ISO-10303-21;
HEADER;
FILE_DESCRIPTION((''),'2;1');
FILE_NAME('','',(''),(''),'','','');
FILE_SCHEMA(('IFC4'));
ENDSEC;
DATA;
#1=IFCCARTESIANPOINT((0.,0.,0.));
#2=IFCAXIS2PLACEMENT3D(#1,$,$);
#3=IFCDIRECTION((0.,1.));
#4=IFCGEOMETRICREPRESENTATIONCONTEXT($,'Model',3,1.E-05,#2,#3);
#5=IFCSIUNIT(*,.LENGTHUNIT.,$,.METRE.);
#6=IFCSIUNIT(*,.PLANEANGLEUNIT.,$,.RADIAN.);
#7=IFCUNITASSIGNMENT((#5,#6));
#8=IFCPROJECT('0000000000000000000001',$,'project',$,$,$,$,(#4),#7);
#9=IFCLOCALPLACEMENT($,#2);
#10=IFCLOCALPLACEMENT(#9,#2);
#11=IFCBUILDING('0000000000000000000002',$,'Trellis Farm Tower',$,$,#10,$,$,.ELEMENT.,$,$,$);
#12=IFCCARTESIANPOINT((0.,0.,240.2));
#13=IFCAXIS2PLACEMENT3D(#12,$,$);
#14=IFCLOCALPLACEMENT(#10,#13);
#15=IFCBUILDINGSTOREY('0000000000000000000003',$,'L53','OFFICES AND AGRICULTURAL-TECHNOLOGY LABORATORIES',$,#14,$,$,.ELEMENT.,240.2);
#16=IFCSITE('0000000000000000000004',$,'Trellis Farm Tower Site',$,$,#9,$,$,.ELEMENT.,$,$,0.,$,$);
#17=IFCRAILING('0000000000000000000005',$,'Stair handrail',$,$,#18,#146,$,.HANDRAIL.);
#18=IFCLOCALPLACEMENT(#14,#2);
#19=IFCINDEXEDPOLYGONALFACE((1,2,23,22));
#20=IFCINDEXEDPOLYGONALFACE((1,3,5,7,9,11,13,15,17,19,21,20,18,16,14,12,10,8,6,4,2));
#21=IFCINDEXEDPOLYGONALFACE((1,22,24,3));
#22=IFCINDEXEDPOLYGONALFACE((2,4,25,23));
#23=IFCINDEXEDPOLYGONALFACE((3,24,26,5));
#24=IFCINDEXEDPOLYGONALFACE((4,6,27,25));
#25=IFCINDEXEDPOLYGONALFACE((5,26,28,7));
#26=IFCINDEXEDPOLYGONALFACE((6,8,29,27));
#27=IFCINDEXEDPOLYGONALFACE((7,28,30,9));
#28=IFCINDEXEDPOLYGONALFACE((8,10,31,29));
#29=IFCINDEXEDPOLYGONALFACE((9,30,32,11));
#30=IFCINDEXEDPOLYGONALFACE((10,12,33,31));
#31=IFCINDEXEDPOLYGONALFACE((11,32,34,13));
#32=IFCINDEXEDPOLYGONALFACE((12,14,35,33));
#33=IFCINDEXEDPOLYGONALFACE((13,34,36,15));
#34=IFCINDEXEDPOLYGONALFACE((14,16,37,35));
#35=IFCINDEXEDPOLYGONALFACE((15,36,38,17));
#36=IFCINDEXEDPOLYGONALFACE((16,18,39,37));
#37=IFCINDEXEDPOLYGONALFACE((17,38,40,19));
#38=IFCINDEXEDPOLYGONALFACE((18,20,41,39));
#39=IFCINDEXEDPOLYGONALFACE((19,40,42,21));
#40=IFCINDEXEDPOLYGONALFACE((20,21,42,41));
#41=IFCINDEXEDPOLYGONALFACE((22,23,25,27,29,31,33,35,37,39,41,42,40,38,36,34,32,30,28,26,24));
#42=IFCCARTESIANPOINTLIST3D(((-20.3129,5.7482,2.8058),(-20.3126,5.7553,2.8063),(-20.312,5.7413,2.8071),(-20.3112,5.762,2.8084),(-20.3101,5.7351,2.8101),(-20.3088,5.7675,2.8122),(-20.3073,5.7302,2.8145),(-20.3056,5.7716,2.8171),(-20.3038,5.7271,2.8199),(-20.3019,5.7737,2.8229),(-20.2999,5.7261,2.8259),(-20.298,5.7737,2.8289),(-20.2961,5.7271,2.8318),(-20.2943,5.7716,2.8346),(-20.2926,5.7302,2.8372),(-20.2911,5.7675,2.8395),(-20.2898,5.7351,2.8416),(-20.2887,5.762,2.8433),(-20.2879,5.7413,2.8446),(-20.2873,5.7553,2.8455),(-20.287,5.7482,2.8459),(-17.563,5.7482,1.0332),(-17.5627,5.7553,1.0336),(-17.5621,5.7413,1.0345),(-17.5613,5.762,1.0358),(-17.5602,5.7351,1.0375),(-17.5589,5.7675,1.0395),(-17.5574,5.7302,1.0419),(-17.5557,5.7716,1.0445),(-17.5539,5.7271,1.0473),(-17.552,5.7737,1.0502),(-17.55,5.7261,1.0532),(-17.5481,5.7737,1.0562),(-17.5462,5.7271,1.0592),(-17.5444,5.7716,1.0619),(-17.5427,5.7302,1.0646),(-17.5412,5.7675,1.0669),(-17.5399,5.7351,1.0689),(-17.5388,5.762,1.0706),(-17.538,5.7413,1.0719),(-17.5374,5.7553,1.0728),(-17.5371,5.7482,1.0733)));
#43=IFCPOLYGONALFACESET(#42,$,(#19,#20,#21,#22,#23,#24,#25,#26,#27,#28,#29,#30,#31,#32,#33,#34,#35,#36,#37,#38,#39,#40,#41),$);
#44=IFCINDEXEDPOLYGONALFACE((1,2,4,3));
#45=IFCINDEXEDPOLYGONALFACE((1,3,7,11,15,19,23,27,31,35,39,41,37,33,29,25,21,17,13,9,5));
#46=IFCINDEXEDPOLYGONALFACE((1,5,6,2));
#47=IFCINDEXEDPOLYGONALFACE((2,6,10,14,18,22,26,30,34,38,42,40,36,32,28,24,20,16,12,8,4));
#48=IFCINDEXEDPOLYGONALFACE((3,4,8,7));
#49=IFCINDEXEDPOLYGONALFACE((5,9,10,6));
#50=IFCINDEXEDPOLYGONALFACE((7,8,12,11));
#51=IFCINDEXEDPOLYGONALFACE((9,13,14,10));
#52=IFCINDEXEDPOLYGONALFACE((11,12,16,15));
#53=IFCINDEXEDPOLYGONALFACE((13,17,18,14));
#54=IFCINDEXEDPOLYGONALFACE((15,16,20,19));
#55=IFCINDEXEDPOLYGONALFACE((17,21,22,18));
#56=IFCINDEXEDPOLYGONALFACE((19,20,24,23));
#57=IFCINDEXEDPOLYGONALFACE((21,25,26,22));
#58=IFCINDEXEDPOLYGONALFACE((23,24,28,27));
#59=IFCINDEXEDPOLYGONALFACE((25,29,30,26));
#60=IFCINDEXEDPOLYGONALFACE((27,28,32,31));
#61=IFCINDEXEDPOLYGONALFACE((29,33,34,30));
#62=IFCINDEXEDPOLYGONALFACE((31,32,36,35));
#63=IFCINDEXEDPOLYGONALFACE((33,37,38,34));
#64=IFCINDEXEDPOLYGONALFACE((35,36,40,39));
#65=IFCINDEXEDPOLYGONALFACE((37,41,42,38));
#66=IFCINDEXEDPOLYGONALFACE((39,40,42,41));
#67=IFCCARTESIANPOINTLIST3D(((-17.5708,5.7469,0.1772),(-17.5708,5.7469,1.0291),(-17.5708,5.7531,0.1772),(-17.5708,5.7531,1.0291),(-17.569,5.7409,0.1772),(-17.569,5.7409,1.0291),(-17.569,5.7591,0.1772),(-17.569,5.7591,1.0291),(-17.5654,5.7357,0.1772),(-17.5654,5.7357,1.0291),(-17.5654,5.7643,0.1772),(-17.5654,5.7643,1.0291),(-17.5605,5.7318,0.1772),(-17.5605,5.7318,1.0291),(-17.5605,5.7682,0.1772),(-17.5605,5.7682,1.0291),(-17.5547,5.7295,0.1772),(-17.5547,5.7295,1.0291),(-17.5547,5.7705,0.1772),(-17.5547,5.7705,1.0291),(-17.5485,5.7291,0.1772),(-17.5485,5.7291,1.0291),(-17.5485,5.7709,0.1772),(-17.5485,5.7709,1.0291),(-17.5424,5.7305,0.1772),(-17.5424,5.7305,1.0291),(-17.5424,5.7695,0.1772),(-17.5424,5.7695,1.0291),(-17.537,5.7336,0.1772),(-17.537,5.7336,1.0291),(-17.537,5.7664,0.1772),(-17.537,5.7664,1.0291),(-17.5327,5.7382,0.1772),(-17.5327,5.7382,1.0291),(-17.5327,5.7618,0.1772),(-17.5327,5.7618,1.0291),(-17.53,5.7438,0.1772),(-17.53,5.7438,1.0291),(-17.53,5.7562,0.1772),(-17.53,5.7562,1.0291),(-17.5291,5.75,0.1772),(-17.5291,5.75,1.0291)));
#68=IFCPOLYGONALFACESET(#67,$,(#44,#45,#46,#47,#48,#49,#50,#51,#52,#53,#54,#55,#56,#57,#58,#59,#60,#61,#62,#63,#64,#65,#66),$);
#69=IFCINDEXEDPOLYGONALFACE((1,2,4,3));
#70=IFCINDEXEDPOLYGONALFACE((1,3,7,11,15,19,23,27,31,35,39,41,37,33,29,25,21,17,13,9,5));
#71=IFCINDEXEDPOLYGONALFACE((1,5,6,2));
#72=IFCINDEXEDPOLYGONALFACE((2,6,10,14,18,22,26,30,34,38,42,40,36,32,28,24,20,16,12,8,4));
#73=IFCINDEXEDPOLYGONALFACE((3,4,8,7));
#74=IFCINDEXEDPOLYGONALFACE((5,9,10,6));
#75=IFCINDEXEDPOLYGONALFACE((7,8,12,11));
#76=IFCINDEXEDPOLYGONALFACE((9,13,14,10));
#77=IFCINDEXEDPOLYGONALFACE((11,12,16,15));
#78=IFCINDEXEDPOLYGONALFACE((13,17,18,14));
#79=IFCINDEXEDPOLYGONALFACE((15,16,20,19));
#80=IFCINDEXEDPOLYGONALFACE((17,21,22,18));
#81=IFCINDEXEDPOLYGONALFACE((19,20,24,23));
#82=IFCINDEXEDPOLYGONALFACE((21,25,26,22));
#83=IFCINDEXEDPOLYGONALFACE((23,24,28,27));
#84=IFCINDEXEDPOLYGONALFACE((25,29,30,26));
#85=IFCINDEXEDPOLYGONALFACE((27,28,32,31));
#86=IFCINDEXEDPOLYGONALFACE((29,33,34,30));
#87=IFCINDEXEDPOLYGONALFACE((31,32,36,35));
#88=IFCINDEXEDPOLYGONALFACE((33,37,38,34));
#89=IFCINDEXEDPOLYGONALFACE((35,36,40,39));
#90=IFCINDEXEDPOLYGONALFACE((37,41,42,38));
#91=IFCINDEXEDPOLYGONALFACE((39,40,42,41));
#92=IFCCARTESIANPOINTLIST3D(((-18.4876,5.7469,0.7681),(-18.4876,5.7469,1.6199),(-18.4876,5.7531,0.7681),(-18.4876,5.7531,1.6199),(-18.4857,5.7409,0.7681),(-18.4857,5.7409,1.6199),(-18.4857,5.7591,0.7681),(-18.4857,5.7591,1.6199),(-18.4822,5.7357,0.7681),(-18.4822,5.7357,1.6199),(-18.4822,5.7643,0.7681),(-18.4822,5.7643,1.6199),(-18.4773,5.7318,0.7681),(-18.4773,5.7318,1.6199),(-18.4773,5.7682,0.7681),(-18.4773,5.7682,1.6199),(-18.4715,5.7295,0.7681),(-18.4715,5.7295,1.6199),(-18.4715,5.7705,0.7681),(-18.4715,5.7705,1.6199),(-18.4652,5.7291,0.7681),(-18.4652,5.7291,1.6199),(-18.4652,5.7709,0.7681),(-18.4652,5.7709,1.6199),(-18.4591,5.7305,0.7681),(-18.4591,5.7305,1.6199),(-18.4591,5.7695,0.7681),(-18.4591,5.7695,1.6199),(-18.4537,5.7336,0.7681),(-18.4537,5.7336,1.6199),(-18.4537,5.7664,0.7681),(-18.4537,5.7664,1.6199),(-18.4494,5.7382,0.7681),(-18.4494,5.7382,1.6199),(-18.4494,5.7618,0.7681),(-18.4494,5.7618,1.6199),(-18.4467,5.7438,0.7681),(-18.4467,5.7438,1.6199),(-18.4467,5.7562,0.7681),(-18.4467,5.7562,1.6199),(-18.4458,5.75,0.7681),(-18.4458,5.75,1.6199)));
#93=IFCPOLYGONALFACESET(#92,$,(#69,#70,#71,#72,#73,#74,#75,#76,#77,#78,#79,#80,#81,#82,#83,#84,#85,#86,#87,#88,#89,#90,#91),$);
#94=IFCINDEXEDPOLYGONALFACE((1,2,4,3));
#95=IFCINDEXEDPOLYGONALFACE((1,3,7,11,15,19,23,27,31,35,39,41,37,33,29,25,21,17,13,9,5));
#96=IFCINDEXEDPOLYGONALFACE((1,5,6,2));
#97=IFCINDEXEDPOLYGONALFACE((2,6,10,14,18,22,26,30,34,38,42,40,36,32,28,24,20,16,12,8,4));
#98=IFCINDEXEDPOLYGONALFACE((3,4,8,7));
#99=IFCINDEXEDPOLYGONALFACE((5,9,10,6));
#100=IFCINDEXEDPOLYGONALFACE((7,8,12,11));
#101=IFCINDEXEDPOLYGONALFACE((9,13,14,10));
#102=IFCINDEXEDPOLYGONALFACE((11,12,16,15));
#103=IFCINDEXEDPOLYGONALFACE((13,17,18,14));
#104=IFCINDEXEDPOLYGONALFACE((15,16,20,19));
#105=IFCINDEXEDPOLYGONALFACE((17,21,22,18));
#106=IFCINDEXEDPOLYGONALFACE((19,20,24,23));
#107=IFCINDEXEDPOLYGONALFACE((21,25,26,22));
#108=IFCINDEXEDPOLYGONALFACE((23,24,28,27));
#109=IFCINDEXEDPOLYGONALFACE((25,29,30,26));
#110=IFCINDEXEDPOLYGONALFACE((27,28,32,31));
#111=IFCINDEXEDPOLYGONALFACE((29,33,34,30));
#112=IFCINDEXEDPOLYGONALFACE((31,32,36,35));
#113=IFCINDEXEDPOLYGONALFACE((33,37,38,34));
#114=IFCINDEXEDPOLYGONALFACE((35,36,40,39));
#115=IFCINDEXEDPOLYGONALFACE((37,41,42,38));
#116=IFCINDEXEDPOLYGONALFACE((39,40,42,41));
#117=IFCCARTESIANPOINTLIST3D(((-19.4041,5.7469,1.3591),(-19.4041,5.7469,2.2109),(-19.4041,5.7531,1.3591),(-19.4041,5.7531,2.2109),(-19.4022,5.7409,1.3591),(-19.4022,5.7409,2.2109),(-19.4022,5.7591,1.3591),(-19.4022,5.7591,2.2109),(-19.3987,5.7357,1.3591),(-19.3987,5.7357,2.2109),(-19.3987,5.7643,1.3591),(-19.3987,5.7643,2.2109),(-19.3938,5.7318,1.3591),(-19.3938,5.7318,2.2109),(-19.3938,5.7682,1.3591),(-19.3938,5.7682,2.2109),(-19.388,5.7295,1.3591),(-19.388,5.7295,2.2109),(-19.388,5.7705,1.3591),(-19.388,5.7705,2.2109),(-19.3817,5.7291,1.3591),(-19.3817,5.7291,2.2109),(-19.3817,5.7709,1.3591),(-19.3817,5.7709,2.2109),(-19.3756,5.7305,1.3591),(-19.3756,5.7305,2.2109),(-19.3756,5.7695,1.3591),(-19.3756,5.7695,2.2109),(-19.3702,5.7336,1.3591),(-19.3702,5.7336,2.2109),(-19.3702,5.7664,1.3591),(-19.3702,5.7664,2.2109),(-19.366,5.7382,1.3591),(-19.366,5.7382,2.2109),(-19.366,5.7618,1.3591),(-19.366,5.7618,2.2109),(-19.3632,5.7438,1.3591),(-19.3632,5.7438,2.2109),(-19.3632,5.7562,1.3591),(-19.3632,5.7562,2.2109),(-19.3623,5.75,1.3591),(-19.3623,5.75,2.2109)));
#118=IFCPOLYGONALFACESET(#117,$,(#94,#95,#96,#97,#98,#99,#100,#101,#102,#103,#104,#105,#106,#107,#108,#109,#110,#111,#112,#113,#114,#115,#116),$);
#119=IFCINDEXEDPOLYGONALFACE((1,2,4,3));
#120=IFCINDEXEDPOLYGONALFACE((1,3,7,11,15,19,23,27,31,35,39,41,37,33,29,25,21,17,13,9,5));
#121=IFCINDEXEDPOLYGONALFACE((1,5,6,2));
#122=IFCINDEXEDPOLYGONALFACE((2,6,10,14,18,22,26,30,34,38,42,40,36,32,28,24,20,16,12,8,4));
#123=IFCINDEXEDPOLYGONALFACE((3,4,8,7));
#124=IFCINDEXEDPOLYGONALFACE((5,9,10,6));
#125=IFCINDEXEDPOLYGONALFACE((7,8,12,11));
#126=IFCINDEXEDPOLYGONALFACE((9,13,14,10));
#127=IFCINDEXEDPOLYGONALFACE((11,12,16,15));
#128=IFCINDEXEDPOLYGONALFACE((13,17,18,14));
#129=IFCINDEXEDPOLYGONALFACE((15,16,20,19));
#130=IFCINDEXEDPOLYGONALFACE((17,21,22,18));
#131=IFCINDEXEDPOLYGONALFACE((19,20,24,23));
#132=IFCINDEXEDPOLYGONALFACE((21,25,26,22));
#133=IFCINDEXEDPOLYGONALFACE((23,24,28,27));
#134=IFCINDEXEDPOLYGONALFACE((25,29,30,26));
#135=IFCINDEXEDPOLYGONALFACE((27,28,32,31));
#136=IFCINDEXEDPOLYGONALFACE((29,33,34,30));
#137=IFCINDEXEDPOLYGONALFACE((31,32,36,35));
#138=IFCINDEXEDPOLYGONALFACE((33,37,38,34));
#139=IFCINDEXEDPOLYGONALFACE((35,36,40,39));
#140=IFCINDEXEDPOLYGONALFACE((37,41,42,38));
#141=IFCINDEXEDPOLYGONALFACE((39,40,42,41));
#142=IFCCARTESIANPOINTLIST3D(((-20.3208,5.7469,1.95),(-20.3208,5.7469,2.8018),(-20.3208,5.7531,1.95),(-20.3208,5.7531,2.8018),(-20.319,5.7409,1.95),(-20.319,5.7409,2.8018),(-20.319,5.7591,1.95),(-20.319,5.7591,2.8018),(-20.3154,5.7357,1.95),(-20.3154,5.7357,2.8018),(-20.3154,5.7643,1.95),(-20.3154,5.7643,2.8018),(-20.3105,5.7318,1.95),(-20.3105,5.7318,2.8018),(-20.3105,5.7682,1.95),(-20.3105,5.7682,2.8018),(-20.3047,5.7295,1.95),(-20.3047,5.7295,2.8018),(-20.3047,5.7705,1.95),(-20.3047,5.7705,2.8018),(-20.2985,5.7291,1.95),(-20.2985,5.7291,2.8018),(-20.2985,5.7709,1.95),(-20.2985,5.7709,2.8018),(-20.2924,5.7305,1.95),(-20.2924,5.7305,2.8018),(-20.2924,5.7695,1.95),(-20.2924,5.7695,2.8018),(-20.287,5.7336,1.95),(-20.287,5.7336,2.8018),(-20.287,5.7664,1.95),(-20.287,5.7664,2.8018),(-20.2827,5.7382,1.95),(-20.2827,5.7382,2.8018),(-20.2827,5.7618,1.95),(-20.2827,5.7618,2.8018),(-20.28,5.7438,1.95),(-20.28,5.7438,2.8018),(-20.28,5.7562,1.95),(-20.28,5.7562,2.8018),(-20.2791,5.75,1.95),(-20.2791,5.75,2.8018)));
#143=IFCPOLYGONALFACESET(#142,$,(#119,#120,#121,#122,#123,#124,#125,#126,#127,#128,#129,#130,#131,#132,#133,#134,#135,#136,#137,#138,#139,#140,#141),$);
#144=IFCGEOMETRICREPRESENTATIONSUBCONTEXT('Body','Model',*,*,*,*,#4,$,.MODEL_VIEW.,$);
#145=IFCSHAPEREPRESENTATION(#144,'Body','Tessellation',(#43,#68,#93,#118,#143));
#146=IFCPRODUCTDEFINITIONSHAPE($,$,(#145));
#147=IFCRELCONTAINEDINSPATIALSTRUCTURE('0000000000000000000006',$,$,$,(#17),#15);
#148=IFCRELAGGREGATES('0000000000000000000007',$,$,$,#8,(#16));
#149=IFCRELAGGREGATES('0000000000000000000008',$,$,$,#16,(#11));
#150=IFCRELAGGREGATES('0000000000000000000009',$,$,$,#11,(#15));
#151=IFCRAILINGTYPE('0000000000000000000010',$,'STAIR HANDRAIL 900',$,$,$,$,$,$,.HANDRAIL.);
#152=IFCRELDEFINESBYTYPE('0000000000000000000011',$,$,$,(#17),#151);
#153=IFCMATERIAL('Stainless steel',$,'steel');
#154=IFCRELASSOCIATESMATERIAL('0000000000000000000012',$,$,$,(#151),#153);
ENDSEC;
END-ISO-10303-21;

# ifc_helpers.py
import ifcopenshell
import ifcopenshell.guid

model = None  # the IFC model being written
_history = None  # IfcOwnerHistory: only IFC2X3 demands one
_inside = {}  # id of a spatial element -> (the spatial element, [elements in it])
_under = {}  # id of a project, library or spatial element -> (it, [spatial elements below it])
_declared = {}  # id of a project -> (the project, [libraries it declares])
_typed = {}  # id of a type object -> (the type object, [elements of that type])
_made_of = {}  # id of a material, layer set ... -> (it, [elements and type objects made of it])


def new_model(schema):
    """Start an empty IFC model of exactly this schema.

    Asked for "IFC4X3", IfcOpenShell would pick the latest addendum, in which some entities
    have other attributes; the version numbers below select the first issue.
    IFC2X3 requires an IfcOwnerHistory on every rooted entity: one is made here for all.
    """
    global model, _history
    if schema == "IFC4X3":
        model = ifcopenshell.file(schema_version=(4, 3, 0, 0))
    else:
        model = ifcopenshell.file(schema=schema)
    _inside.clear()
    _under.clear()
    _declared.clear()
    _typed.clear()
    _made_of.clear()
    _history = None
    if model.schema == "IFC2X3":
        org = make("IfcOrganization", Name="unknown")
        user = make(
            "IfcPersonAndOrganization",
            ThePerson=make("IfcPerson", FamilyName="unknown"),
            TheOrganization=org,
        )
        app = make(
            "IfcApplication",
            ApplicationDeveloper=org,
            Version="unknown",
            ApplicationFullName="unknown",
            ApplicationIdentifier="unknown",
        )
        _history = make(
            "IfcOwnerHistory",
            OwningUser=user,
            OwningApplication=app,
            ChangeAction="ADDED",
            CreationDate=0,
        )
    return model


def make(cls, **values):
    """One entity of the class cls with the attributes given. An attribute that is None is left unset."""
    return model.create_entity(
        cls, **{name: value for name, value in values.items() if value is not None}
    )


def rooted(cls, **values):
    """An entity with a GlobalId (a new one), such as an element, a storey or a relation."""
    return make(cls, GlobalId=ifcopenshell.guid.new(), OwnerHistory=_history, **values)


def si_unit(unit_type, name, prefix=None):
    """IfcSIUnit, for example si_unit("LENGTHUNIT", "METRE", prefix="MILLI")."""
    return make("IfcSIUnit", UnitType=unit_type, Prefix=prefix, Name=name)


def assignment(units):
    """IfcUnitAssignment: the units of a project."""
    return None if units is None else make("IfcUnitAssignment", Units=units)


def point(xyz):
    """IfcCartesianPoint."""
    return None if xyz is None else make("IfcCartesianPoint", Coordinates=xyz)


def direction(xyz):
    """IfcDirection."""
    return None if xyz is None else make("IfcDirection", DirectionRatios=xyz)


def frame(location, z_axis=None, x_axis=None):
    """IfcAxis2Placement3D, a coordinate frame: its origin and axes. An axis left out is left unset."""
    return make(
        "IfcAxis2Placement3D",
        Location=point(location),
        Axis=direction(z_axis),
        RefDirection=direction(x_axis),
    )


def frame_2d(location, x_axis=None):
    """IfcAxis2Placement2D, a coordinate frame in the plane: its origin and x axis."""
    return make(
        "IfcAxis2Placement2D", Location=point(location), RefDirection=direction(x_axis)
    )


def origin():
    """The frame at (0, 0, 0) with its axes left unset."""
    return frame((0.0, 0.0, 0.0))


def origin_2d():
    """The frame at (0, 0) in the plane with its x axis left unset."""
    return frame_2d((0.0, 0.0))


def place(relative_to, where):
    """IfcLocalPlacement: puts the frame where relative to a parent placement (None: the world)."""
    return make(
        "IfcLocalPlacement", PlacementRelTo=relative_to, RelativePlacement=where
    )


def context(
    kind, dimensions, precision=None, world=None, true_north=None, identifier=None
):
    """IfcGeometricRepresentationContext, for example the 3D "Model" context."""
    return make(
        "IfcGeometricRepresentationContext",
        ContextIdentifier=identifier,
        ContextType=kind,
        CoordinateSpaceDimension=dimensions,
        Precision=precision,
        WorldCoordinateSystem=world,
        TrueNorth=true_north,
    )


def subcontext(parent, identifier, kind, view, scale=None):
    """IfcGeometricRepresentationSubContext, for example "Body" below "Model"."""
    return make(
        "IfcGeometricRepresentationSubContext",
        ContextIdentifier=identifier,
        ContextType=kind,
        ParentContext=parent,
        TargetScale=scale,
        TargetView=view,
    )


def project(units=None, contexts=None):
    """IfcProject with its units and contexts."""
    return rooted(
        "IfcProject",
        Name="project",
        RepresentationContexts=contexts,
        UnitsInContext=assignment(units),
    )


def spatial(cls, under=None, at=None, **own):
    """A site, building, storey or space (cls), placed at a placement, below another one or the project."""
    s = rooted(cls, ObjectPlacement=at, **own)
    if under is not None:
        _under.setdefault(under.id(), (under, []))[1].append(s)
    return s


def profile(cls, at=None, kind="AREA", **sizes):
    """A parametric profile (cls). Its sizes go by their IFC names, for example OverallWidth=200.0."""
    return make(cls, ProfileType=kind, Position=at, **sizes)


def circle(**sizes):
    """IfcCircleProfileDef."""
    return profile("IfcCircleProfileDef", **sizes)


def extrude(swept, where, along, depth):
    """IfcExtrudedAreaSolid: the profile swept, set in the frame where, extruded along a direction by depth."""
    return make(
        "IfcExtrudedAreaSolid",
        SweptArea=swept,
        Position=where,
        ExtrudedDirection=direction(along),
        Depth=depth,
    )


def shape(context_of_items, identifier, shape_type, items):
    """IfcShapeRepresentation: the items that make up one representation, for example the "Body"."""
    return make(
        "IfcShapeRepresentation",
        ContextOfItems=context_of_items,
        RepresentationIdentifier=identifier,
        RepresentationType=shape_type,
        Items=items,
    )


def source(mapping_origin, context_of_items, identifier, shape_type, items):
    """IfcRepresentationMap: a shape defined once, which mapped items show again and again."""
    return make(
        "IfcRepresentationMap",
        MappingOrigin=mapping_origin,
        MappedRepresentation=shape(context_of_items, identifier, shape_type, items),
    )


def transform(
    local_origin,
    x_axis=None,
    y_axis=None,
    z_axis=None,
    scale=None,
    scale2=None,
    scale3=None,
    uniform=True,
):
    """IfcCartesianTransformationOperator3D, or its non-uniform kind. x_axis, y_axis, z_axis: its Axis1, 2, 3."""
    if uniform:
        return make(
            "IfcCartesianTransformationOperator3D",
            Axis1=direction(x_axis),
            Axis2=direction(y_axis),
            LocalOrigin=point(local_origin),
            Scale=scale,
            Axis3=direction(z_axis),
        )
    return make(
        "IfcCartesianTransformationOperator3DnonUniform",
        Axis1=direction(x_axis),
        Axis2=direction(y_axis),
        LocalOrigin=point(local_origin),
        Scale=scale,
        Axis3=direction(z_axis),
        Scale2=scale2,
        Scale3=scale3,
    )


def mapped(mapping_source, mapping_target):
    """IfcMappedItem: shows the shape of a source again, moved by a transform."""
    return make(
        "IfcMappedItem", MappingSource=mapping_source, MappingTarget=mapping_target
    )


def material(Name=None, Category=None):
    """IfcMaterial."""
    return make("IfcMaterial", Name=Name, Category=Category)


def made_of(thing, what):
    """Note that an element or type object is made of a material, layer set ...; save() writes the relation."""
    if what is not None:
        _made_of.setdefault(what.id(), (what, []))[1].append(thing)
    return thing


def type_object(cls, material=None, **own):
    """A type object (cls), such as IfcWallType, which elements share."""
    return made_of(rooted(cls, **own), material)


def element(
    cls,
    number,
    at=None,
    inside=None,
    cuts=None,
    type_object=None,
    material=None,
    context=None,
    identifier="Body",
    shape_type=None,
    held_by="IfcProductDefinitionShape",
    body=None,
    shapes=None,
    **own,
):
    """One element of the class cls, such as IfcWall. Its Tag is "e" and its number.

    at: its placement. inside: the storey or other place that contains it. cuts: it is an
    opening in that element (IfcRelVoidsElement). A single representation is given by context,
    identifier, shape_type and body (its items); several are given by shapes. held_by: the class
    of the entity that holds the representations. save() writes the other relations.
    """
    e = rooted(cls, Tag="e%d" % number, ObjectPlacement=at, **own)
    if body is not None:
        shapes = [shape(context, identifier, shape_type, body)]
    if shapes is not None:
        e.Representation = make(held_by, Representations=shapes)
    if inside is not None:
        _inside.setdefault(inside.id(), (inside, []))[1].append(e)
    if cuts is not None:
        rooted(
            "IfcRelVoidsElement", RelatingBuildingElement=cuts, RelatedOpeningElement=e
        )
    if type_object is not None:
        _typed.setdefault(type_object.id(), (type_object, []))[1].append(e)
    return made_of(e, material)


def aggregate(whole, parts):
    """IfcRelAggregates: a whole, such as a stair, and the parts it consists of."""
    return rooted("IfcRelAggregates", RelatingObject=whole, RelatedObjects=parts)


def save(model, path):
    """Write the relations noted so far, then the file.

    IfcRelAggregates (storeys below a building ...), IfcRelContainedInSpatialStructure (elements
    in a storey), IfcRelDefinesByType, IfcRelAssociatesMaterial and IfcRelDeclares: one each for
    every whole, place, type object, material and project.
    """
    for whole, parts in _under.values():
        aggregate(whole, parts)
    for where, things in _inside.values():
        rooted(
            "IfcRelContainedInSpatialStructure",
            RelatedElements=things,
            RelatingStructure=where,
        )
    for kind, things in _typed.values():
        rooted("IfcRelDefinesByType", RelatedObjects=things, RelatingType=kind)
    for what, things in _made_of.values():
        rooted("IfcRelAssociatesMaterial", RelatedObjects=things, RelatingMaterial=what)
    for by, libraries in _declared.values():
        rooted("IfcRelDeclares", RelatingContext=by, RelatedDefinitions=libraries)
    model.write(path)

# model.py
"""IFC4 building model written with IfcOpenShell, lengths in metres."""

from ifc_helpers import new_model, si_unit, direction, frame, origin, origin_2d, place, context, subcontext, project, spatial, circle, extrude, source, transform, mapped, material, type_object, element, save


model = new_model("IFC4")

# Units and contexts
model_context = context("Model", 3, precision=1e-05, world=origin(), true_north=direction((0.0, 1.0)))
body_context = subcontext(model_context, "Body", "Model", "MODEL_VIEW")
ifc_project = project(units=[si_unit("LENGTHUNIT", "METRE"), si_unit("PLANEANGLEUNIT", "RADIAN")], contexts=[model_context])

# Site, building, storey
site_placement = place(None, origin())
site = spatial("IfcSite", under=ifc_project, at=site_placement, Name="Trellis Farm Tower Site", CompositionType="ELEMENT", RefElevation=0.0)
building_placement = place(site_placement, origin())
building = spatial("IfcBuilding", under=site, at=building_placement, Name="Trellis Farm Tower", CompositionType="ELEMENT")
storey_placement = place(building_placement, frame((0.0, 0.0, 240.2)))
storey = spatial("IfcBuildingStorey", under=building, at=storey_placement, Name="L53", Description="OFFICES AND AGRICULTURAL-TECHNOLOGY LABORATORIES", CompositionType="ELEMENT", Elevation=240.2)

# Railing
ifc_material_1 = material(Name="Stainless steel", Category="steel")
railing_type = type_object("IfcRailingType", Name="STAIR HANDRAIL 900", PredefinedType="HANDRAIL", material=ifc_material_1)
shared_shape_1 = source(origin(), body_context, "Body", "SweptSolid", [
    extrude(circle(Radius=0.0239, at=origin_2d()), frame((0.0, 0.0, 0.876), z_axis=(-0.840504, 0.0, 0.541806), x_axis=(0.0, -1.0, 0.0)), (0.0, 0.0, 1.0), 3.2717),
    extrude(circle(Radius=0.021, at=origin_2d()), origin(), (0.0, 0.0, 1.0), 0.8518),
    extrude(circle(Radius=0.021, at=origin_2d()), frame((-0.9167, 0.0, 0.5908)), (0.0, 0.0, 1.0), 0.8518),
    extrude(circle(Radius=0.021, at=origin_2d()), frame((-1.8333, 0.0, 1.1819)), (0.0, 0.0, 1.0), 0.8518),
    extrude(circle(Radius=0.021, at=origin_2d()), frame((-2.75, 0.0, 1.7727)), (0.0, 0.0, 1.0), 0.8518),
])
for number, where, name in (
    (1, (-17.55, 5.75, 0.1772), "Stair handrail"),
):
    element("IfcRailing", number, at=place(storey_placement, frame(where)), inside=storey, type_object=railing_type, Name=name, PredefinedType="HANDRAIL", context=body_context, shape_type="MappedRepresentation", body=[
        mapped(shared_shape_1, transform((0.0, 0.0, 0.0))),
    ])

save(model, "model.ifc")
